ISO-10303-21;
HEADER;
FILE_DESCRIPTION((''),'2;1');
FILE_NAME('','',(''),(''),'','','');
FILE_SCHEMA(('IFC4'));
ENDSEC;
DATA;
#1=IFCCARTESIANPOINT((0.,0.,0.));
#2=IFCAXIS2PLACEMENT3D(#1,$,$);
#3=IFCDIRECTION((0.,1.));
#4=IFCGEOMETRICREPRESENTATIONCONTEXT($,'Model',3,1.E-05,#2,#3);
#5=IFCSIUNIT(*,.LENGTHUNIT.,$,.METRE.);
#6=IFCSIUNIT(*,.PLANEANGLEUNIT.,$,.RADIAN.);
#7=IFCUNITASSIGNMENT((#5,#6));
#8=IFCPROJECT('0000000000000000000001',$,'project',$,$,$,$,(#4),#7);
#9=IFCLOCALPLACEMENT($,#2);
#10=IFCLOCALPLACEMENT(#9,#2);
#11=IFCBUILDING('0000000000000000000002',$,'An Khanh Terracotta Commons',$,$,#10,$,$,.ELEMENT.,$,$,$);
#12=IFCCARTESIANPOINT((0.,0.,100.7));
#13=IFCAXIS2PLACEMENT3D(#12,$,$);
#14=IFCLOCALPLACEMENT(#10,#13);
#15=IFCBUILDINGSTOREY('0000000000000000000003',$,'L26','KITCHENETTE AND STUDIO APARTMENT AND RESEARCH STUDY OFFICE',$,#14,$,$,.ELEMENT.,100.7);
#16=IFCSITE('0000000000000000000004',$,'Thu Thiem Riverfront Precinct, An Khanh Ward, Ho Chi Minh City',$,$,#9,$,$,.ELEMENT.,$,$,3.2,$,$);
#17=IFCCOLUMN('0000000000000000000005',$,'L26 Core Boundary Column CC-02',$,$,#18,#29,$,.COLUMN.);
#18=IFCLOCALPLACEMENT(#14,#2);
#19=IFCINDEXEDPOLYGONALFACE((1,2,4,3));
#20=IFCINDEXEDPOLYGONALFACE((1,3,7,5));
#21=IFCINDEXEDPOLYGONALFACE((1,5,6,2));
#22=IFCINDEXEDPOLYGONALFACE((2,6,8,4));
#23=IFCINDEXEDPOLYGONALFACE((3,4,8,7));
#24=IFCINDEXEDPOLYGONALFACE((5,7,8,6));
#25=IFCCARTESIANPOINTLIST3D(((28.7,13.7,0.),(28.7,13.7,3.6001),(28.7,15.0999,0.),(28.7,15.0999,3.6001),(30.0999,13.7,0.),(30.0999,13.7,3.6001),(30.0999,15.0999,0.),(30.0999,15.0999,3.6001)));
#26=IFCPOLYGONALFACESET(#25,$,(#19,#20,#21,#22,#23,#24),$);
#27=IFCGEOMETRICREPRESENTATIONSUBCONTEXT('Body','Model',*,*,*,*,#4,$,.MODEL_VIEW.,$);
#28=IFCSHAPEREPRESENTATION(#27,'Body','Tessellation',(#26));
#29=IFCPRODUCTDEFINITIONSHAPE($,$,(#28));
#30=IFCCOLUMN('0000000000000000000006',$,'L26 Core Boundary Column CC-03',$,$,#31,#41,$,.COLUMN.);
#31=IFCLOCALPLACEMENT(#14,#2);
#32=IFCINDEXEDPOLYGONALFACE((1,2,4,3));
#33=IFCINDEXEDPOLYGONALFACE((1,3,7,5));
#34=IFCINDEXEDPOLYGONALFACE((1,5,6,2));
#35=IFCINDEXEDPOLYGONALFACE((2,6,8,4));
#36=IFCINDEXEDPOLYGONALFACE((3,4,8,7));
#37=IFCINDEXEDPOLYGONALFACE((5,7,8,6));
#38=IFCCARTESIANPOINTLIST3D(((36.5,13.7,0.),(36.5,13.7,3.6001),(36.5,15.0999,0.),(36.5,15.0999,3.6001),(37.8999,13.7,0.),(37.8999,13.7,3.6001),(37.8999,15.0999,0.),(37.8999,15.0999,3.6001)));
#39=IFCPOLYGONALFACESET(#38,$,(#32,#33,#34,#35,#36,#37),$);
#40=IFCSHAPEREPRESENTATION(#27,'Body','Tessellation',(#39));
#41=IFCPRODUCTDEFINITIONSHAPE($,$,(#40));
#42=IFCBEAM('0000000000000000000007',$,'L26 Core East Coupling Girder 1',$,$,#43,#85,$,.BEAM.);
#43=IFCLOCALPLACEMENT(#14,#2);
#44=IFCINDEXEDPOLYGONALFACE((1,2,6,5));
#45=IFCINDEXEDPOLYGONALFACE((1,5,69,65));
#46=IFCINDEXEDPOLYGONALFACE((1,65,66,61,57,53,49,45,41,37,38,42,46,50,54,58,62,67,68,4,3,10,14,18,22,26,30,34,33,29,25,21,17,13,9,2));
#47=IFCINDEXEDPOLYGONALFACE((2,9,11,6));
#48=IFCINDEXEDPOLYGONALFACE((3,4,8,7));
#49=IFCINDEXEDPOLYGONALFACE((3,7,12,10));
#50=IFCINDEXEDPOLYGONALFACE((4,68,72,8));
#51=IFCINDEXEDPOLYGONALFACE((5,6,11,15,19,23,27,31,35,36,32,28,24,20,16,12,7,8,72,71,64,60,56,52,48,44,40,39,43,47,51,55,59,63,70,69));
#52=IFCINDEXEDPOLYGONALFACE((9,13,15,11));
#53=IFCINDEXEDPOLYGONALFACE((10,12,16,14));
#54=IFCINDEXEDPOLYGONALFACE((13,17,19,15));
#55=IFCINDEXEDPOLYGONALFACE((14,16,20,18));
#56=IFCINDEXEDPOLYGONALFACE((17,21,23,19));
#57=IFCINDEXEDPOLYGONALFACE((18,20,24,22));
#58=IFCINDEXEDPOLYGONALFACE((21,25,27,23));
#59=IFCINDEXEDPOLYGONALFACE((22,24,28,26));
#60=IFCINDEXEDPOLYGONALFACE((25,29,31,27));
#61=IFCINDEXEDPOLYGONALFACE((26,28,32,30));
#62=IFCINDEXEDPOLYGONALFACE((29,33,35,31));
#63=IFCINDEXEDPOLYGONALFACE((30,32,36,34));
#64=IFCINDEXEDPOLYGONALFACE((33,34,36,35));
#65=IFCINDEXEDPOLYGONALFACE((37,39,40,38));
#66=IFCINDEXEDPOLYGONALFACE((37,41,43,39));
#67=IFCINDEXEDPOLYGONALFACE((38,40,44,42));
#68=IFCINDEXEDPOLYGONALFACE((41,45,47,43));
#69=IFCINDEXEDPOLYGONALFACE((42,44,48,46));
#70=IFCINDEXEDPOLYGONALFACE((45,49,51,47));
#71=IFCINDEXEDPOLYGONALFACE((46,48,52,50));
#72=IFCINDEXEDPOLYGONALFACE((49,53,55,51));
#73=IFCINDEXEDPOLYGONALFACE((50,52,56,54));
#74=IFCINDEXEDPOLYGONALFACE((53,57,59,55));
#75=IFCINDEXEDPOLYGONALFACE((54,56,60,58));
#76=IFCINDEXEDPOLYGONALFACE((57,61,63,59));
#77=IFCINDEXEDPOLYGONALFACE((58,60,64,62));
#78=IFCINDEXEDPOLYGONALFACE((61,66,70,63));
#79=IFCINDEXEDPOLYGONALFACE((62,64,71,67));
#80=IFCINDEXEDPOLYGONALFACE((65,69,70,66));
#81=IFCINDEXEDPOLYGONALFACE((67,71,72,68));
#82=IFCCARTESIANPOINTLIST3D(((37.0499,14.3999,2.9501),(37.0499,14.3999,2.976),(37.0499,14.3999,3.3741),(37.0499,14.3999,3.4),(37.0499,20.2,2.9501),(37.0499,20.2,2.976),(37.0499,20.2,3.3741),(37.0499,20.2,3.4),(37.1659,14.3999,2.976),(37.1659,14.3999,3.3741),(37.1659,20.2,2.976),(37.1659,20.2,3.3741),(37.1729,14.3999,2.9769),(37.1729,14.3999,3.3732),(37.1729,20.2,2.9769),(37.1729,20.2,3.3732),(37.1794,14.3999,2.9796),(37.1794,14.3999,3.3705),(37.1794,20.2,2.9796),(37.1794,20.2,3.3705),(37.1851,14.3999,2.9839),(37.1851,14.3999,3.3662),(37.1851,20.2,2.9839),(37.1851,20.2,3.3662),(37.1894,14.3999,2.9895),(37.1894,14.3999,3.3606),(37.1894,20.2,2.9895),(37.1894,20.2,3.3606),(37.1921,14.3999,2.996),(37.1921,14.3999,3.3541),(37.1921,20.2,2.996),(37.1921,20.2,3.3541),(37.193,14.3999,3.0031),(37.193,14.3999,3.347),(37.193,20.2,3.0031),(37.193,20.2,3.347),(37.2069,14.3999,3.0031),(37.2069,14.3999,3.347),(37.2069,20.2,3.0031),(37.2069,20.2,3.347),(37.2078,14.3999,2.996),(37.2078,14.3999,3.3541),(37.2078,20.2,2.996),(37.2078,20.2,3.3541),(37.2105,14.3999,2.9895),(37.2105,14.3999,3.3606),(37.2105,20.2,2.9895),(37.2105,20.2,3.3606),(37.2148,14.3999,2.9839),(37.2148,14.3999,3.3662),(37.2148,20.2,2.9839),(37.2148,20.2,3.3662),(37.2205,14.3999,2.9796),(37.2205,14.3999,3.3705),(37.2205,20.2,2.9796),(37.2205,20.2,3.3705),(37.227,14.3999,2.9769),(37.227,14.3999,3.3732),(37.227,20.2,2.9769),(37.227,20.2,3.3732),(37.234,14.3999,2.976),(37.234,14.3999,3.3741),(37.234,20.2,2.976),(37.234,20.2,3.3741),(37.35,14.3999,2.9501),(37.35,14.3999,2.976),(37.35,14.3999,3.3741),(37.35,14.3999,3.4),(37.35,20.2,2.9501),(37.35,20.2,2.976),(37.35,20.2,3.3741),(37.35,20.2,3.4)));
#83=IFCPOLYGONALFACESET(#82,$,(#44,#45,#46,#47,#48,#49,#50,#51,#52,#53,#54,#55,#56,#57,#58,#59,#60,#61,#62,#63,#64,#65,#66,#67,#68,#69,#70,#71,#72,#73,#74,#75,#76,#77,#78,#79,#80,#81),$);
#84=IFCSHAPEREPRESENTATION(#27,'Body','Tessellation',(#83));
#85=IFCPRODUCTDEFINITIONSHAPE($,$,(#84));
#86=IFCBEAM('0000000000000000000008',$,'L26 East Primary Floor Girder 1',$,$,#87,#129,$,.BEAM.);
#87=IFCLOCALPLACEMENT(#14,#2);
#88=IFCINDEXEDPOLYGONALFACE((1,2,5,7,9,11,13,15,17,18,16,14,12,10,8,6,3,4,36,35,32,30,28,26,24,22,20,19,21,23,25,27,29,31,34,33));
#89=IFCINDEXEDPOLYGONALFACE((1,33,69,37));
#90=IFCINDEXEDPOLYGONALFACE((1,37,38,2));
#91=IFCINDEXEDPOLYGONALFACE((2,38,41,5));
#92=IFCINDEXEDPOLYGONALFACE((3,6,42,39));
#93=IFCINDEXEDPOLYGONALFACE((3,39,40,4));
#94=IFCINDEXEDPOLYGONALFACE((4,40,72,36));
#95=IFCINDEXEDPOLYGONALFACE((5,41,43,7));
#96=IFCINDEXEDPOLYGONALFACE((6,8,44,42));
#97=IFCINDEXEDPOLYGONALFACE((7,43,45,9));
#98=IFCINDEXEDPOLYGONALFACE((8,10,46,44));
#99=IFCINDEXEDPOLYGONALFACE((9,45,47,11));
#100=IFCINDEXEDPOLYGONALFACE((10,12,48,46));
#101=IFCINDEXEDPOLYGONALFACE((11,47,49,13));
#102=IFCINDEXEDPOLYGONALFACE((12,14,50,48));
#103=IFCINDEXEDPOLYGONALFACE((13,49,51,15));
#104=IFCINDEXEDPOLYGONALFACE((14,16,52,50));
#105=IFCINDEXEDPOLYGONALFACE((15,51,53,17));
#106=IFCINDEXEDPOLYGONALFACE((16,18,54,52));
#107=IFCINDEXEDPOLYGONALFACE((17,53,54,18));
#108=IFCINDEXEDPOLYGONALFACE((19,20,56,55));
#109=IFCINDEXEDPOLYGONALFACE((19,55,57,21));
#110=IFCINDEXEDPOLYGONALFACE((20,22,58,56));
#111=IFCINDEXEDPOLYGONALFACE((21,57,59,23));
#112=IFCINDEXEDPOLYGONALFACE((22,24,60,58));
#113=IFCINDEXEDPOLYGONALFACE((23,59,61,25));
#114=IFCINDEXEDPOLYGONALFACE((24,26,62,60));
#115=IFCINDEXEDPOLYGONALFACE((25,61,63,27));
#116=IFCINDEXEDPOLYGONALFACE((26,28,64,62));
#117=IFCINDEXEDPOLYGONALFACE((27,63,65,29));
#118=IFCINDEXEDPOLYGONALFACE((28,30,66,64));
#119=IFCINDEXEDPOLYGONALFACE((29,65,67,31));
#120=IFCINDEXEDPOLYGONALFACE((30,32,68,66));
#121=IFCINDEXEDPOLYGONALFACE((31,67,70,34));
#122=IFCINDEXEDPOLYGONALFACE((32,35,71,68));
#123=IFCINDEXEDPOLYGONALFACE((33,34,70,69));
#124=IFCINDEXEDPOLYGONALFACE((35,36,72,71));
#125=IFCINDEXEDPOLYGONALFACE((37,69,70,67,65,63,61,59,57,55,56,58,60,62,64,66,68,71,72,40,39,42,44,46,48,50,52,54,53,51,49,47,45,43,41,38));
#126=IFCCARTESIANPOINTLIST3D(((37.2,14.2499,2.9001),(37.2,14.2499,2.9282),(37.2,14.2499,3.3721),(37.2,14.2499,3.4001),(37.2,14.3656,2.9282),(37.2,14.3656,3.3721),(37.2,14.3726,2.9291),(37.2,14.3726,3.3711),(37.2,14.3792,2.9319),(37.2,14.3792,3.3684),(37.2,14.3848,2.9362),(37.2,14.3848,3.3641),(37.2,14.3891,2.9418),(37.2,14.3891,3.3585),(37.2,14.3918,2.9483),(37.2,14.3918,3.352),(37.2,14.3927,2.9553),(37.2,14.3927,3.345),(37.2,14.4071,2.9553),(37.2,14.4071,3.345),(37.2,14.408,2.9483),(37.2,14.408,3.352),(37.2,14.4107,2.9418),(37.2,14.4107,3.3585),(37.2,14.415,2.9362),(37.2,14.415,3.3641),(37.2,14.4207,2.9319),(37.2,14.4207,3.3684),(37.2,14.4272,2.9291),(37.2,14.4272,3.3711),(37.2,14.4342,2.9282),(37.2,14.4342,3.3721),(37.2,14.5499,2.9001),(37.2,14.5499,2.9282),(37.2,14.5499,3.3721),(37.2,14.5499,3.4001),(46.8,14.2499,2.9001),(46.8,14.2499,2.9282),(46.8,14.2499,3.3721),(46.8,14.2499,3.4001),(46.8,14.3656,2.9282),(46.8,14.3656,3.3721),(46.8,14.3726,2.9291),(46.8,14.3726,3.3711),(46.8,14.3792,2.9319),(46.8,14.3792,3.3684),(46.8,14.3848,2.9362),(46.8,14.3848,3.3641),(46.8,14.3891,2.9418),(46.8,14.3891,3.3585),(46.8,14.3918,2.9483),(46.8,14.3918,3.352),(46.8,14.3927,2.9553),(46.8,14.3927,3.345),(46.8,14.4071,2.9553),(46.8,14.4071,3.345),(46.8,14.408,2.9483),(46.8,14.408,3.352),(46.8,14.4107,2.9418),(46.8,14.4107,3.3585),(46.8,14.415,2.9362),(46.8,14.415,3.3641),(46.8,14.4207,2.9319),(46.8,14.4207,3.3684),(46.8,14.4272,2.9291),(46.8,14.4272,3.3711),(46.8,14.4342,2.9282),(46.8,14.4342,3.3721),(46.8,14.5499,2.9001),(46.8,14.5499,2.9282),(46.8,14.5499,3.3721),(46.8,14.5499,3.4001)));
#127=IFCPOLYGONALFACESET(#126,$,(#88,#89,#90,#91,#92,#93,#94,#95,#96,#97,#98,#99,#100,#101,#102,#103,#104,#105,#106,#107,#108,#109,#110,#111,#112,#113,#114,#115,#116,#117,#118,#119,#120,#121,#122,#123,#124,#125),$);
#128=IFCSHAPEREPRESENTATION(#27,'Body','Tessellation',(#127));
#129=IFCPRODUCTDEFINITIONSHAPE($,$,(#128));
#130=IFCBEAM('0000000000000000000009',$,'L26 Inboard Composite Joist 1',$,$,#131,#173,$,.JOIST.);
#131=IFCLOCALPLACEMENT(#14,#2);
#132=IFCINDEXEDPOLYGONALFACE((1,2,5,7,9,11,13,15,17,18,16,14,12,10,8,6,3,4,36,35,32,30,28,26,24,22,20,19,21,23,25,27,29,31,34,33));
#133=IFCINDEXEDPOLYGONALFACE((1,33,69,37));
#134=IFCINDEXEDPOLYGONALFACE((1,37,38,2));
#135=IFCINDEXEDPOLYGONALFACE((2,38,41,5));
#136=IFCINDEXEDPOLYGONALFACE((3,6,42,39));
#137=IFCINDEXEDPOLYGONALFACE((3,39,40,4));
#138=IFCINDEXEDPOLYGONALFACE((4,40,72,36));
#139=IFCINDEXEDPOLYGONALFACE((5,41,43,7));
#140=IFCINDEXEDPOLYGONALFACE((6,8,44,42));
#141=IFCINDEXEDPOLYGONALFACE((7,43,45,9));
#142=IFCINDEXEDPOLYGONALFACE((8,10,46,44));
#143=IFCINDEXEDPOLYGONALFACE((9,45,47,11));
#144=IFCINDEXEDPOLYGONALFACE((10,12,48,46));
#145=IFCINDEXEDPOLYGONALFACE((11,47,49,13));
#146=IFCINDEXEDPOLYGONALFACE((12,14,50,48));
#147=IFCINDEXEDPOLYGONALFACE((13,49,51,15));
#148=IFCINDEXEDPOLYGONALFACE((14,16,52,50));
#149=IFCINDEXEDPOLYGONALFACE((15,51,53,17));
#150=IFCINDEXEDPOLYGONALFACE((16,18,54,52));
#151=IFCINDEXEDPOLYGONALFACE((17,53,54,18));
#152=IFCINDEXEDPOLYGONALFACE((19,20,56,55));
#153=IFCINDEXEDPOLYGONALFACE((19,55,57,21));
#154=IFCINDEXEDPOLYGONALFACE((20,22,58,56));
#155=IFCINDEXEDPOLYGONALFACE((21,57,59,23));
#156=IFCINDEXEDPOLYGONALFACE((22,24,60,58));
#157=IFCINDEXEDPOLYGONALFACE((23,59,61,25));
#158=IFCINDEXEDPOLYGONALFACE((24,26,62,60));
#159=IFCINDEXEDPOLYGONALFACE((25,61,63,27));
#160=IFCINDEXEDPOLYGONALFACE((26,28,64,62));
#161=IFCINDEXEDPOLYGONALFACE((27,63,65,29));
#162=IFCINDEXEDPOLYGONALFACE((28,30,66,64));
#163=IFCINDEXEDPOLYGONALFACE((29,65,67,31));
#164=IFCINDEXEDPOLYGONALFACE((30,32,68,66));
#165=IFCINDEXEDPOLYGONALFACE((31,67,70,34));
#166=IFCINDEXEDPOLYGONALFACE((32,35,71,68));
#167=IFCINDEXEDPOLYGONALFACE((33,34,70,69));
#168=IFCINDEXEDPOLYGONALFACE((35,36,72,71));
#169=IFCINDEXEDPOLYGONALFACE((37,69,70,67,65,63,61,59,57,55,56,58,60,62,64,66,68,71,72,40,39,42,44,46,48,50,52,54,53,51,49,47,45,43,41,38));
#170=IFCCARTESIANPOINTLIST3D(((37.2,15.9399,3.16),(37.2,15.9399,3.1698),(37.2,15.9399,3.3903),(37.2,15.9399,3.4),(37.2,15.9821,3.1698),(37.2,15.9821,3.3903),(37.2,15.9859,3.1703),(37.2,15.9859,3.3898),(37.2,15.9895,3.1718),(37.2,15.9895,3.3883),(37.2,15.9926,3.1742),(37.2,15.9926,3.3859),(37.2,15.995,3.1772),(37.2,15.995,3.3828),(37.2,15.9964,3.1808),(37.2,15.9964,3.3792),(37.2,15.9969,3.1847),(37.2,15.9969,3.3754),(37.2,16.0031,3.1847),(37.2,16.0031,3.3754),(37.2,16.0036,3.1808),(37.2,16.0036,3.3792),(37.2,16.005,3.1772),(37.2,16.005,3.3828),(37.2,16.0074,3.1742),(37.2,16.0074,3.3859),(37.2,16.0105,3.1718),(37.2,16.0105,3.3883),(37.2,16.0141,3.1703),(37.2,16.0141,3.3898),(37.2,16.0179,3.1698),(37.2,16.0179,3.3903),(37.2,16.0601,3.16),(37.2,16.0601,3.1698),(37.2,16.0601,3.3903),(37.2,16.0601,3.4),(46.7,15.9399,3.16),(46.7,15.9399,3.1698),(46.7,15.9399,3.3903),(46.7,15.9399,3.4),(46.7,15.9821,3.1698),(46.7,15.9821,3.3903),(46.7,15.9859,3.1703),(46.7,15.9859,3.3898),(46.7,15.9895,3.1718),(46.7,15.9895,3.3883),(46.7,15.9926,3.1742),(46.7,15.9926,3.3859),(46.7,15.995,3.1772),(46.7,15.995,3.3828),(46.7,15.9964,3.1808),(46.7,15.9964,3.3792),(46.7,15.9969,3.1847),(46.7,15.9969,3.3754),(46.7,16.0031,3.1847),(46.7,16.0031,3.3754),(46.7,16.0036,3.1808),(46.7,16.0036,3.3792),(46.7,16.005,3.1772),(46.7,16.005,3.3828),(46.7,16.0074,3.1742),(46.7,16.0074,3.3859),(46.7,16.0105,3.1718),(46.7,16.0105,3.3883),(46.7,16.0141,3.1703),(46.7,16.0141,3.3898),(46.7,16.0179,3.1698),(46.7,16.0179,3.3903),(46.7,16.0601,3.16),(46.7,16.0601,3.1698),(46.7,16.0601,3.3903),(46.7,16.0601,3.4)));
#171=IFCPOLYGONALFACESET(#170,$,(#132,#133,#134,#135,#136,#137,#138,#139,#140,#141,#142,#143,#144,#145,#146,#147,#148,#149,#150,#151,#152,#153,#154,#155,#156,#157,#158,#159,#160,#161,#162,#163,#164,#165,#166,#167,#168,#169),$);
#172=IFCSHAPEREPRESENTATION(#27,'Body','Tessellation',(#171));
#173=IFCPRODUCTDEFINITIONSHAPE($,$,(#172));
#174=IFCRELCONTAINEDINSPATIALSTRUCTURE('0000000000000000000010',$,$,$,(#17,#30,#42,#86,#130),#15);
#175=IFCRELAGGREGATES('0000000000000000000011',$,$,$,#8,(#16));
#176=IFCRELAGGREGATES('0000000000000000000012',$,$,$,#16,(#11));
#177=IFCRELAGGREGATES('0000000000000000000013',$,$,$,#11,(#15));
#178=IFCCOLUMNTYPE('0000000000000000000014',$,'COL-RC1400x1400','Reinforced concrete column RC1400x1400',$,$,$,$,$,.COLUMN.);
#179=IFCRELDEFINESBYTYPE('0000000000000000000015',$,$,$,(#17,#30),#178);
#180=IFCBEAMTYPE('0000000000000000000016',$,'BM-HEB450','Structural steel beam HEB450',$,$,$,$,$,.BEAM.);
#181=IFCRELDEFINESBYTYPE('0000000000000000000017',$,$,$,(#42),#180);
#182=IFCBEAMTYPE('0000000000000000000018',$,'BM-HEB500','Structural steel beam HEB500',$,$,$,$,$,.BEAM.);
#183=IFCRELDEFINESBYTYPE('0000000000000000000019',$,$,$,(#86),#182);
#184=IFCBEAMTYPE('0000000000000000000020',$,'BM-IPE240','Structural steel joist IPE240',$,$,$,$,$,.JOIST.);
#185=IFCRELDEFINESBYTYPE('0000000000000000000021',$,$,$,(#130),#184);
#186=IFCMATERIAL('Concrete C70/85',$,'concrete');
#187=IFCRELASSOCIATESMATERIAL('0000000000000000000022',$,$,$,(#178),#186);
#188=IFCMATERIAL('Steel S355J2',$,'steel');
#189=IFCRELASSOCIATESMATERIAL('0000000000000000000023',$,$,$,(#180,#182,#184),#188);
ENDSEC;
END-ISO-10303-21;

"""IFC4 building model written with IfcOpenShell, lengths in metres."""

from ifc_helpers import new_model, si_unit, direction, frame, origin, origin_2d, place, context, subcontext, project, spatial, rectangle, i_section, extrude, material, material_profile, profile_set, type_object, element, save


model = new_model("IFC4")

# Units and contexts
model_context = context("Model", 3, precision=1e-05, world=origin(), true_north=direction((0.0, 1.0)))
body_context = subcontext(model_context, "Body", "Model", "MODEL_VIEW")
ifc_project = project(units=[si_unit("LENGTHUNIT", "METRE"), si_unit("PLANEANGLEUNIT", "RADIAN")], contexts=[model_context])

# Site, building, storey
site_placement = place(None, origin())
site = spatial("IfcSite", under=ifc_project, at=site_placement, Name="Thu Thiem Riverfront Precinct, An Khanh Ward, Ho Chi Minh City", CompositionType="ELEMENT", RefElevation=3.2)
building_placement = place(site_placement, origin())
building = spatial("IfcBuilding", under=site, at=building_placement, Name="An Khanh Terracotta Commons", CompositionType="ELEMENT")
storey_placement = place(building_placement, frame((0.0, 0.0, 100.7)))
storey = spatial("IfcBuildingStorey", under=building, at=storey_placement, Name="L26", Description="KITCHENETTE AND STUDIO APARTMENT AND RESEARCH STUDY OFFICE", CompositionType="ELEMENT", Elevation=100.7)

# Columns
ifc_material_1 = material(Name="Concrete C70/85", Category="concrete")
ifc_material_profile_1 = material_profile(ifc_material_1, rectangle(XDim=1.3999, YDim=1.3999, at=origin_2d()), Name="RC1400x1400")
ifc_profile_set_1 = profile_set([ifc_material_profile_1], Name="Concrete C70/85")
column_type = type_object("IfcColumnType", Name="COL-RC1400x1400", Description="Reinforced concrete column RC1400x1400", PredefinedType="COLUMN", material=ifc_profile_set_1)
for number, where, z_axis, x_axis, name in (
    (1, (29.3999, 14.3999, 0.0), (0.0, 0.0, 1.0), (1.0, 0.0, 0.0), "L26 Core Boundary Column CC-02"),
    (2, (37.2, 14.3999, 0.0), (0.0, 0.0, 1.0), (1.0, 0.0, 0.0), "L26 Core Boundary Column CC-03"),
):
    element("IfcColumn", number, at=place(storey_placement, frame(where, z_axis=z_axis, x_axis=x_axis)), inside=storey, type_object=column_type, Name=name, PredefinedType="COLUMN", context=body_context, shape_type="SweptSolid", body=[
        extrude(rectangle(XDim=1.3999, YDim=1.3999, at=origin_2d()), origin(), (0.0, 0.0, 1.0), 3.6001),
    ])

# Beams
ifc_material_2 = material(Name="Steel S355J2", Category="steel")
ifc_material_profile_2 = material_profile(ifc_material_2, i_section(OverallWidth=0.3, OverallDepth=0.45, WebThickness=0.0139, FlangeThickness=0.0259, FilletRadius=0.0271, at=origin_2d()), Name="HEB450")
ifc_profile_set_2 = profile_set([ifc_material_profile_2], Name="Steel S355J2")
beam_type_1 = type_object("IfcBeamType", Name="BM-HEB450", Description="Structural steel beam HEB450", PredefinedType="BEAM", material=ifc_profile_set_2)
beam_1_placement = place(storey_placement, frame((37.2, 14.3999, 3.175), z_axis=(0.0, 1.0, 0.0), x_axis=(-1.0, 0.0, 0.0)))
element("IfcBeam", 3, at=beam_1_placement, inside=storey, type_object=beam_type_1, Name="L26 Core East Coupling Girder 1", PredefinedType="BEAM", context=body_context, shape_type="SweptSolid", body=[
    extrude(i_section(OverallWidth=0.3, OverallDepth=0.45, WebThickness=0.0139, FlangeThickness=0.0259, FilletRadius=0.0271, at=origin_2d()), origin(), (0.0, 0.0, 1.0), 5.8),
])
ifc_material_profile_3 = material_profile(ifc_material_2, i_section(OverallWidth=0.3, OverallDepth=0.5, WebThickness=0.0144, FlangeThickness=0.0281, FilletRadius=0.0271, at=origin_2d()), Name="HEB500")
ifc_profile_set_3 = profile_set([ifc_material_profile_3], Name="Steel S355J2")
beam_type_2 = type_object("IfcBeamType", Name="BM-HEB500", Description="Structural steel beam HEB500", PredefinedType="BEAM", material=ifc_profile_set_3)
beam_2_placement = place(storey_placement, frame((37.2, 14.3999, 3.1501), z_axis=(1.0, 0.0, 0.0), x_axis=(0.0, 1.0, 0.0)))
element("IfcBeam", 4, at=beam_2_placement, inside=storey, type_object=beam_type_2, Name="L26 East Primary Floor Girder 1", PredefinedType="BEAM", context=body_context, shape_type="SweptSolid", body=[
    extrude(i_section(OverallWidth=0.3, OverallDepth=0.5, WebThickness=0.0144, FlangeThickness=0.0281, FilletRadius=0.0271, at=origin_2d()), origin(), (0.0, 0.0, 1.0), 9.6001),
])
ifc_material_profile_4 = material_profile(ifc_material_2, i_section(OverallWidth=0.1201, OverallDepth=0.24, WebThickness=0.0061, FlangeThickness=0.0098, FilletRadius=0.0149, at=origin_2d()), Name="IPE240")
ifc_profile_set_4 = profile_set([ifc_material_profile_4], Name="Steel S355J2")
beam_type_3 = type_object("IfcBeamType", Name="BM-IPE240", Description="Structural steel joist IPE240", PredefinedType="JOIST", material=ifc_profile_set_4)
beam_3_placement = place(storey_placement, frame((37.2, 16.0, 3.28), z_axis=(1.0, 0.0, 0.0), x_axis=(0.0, 1.0, 0.0)))
element("IfcBeam", 5, at=beam_3_placement, inside=storey, type_object=beam_type_3, Name="L26 Inboard Composite Joist 1", PredefinedType="JOIST", context=body_context, shape_type="SweptSolid", body=[
    extrude(i_section(OverallWidth=0.1201, OverallDepth=0.24, WebThickness=0.0061, FlangeThickness=0.0098, FilletRadius=0.0149, at=origin_2d()), origin(), (0.0, 0.0, 1.0), 9.5),
])

save(model, "model.ifc")
